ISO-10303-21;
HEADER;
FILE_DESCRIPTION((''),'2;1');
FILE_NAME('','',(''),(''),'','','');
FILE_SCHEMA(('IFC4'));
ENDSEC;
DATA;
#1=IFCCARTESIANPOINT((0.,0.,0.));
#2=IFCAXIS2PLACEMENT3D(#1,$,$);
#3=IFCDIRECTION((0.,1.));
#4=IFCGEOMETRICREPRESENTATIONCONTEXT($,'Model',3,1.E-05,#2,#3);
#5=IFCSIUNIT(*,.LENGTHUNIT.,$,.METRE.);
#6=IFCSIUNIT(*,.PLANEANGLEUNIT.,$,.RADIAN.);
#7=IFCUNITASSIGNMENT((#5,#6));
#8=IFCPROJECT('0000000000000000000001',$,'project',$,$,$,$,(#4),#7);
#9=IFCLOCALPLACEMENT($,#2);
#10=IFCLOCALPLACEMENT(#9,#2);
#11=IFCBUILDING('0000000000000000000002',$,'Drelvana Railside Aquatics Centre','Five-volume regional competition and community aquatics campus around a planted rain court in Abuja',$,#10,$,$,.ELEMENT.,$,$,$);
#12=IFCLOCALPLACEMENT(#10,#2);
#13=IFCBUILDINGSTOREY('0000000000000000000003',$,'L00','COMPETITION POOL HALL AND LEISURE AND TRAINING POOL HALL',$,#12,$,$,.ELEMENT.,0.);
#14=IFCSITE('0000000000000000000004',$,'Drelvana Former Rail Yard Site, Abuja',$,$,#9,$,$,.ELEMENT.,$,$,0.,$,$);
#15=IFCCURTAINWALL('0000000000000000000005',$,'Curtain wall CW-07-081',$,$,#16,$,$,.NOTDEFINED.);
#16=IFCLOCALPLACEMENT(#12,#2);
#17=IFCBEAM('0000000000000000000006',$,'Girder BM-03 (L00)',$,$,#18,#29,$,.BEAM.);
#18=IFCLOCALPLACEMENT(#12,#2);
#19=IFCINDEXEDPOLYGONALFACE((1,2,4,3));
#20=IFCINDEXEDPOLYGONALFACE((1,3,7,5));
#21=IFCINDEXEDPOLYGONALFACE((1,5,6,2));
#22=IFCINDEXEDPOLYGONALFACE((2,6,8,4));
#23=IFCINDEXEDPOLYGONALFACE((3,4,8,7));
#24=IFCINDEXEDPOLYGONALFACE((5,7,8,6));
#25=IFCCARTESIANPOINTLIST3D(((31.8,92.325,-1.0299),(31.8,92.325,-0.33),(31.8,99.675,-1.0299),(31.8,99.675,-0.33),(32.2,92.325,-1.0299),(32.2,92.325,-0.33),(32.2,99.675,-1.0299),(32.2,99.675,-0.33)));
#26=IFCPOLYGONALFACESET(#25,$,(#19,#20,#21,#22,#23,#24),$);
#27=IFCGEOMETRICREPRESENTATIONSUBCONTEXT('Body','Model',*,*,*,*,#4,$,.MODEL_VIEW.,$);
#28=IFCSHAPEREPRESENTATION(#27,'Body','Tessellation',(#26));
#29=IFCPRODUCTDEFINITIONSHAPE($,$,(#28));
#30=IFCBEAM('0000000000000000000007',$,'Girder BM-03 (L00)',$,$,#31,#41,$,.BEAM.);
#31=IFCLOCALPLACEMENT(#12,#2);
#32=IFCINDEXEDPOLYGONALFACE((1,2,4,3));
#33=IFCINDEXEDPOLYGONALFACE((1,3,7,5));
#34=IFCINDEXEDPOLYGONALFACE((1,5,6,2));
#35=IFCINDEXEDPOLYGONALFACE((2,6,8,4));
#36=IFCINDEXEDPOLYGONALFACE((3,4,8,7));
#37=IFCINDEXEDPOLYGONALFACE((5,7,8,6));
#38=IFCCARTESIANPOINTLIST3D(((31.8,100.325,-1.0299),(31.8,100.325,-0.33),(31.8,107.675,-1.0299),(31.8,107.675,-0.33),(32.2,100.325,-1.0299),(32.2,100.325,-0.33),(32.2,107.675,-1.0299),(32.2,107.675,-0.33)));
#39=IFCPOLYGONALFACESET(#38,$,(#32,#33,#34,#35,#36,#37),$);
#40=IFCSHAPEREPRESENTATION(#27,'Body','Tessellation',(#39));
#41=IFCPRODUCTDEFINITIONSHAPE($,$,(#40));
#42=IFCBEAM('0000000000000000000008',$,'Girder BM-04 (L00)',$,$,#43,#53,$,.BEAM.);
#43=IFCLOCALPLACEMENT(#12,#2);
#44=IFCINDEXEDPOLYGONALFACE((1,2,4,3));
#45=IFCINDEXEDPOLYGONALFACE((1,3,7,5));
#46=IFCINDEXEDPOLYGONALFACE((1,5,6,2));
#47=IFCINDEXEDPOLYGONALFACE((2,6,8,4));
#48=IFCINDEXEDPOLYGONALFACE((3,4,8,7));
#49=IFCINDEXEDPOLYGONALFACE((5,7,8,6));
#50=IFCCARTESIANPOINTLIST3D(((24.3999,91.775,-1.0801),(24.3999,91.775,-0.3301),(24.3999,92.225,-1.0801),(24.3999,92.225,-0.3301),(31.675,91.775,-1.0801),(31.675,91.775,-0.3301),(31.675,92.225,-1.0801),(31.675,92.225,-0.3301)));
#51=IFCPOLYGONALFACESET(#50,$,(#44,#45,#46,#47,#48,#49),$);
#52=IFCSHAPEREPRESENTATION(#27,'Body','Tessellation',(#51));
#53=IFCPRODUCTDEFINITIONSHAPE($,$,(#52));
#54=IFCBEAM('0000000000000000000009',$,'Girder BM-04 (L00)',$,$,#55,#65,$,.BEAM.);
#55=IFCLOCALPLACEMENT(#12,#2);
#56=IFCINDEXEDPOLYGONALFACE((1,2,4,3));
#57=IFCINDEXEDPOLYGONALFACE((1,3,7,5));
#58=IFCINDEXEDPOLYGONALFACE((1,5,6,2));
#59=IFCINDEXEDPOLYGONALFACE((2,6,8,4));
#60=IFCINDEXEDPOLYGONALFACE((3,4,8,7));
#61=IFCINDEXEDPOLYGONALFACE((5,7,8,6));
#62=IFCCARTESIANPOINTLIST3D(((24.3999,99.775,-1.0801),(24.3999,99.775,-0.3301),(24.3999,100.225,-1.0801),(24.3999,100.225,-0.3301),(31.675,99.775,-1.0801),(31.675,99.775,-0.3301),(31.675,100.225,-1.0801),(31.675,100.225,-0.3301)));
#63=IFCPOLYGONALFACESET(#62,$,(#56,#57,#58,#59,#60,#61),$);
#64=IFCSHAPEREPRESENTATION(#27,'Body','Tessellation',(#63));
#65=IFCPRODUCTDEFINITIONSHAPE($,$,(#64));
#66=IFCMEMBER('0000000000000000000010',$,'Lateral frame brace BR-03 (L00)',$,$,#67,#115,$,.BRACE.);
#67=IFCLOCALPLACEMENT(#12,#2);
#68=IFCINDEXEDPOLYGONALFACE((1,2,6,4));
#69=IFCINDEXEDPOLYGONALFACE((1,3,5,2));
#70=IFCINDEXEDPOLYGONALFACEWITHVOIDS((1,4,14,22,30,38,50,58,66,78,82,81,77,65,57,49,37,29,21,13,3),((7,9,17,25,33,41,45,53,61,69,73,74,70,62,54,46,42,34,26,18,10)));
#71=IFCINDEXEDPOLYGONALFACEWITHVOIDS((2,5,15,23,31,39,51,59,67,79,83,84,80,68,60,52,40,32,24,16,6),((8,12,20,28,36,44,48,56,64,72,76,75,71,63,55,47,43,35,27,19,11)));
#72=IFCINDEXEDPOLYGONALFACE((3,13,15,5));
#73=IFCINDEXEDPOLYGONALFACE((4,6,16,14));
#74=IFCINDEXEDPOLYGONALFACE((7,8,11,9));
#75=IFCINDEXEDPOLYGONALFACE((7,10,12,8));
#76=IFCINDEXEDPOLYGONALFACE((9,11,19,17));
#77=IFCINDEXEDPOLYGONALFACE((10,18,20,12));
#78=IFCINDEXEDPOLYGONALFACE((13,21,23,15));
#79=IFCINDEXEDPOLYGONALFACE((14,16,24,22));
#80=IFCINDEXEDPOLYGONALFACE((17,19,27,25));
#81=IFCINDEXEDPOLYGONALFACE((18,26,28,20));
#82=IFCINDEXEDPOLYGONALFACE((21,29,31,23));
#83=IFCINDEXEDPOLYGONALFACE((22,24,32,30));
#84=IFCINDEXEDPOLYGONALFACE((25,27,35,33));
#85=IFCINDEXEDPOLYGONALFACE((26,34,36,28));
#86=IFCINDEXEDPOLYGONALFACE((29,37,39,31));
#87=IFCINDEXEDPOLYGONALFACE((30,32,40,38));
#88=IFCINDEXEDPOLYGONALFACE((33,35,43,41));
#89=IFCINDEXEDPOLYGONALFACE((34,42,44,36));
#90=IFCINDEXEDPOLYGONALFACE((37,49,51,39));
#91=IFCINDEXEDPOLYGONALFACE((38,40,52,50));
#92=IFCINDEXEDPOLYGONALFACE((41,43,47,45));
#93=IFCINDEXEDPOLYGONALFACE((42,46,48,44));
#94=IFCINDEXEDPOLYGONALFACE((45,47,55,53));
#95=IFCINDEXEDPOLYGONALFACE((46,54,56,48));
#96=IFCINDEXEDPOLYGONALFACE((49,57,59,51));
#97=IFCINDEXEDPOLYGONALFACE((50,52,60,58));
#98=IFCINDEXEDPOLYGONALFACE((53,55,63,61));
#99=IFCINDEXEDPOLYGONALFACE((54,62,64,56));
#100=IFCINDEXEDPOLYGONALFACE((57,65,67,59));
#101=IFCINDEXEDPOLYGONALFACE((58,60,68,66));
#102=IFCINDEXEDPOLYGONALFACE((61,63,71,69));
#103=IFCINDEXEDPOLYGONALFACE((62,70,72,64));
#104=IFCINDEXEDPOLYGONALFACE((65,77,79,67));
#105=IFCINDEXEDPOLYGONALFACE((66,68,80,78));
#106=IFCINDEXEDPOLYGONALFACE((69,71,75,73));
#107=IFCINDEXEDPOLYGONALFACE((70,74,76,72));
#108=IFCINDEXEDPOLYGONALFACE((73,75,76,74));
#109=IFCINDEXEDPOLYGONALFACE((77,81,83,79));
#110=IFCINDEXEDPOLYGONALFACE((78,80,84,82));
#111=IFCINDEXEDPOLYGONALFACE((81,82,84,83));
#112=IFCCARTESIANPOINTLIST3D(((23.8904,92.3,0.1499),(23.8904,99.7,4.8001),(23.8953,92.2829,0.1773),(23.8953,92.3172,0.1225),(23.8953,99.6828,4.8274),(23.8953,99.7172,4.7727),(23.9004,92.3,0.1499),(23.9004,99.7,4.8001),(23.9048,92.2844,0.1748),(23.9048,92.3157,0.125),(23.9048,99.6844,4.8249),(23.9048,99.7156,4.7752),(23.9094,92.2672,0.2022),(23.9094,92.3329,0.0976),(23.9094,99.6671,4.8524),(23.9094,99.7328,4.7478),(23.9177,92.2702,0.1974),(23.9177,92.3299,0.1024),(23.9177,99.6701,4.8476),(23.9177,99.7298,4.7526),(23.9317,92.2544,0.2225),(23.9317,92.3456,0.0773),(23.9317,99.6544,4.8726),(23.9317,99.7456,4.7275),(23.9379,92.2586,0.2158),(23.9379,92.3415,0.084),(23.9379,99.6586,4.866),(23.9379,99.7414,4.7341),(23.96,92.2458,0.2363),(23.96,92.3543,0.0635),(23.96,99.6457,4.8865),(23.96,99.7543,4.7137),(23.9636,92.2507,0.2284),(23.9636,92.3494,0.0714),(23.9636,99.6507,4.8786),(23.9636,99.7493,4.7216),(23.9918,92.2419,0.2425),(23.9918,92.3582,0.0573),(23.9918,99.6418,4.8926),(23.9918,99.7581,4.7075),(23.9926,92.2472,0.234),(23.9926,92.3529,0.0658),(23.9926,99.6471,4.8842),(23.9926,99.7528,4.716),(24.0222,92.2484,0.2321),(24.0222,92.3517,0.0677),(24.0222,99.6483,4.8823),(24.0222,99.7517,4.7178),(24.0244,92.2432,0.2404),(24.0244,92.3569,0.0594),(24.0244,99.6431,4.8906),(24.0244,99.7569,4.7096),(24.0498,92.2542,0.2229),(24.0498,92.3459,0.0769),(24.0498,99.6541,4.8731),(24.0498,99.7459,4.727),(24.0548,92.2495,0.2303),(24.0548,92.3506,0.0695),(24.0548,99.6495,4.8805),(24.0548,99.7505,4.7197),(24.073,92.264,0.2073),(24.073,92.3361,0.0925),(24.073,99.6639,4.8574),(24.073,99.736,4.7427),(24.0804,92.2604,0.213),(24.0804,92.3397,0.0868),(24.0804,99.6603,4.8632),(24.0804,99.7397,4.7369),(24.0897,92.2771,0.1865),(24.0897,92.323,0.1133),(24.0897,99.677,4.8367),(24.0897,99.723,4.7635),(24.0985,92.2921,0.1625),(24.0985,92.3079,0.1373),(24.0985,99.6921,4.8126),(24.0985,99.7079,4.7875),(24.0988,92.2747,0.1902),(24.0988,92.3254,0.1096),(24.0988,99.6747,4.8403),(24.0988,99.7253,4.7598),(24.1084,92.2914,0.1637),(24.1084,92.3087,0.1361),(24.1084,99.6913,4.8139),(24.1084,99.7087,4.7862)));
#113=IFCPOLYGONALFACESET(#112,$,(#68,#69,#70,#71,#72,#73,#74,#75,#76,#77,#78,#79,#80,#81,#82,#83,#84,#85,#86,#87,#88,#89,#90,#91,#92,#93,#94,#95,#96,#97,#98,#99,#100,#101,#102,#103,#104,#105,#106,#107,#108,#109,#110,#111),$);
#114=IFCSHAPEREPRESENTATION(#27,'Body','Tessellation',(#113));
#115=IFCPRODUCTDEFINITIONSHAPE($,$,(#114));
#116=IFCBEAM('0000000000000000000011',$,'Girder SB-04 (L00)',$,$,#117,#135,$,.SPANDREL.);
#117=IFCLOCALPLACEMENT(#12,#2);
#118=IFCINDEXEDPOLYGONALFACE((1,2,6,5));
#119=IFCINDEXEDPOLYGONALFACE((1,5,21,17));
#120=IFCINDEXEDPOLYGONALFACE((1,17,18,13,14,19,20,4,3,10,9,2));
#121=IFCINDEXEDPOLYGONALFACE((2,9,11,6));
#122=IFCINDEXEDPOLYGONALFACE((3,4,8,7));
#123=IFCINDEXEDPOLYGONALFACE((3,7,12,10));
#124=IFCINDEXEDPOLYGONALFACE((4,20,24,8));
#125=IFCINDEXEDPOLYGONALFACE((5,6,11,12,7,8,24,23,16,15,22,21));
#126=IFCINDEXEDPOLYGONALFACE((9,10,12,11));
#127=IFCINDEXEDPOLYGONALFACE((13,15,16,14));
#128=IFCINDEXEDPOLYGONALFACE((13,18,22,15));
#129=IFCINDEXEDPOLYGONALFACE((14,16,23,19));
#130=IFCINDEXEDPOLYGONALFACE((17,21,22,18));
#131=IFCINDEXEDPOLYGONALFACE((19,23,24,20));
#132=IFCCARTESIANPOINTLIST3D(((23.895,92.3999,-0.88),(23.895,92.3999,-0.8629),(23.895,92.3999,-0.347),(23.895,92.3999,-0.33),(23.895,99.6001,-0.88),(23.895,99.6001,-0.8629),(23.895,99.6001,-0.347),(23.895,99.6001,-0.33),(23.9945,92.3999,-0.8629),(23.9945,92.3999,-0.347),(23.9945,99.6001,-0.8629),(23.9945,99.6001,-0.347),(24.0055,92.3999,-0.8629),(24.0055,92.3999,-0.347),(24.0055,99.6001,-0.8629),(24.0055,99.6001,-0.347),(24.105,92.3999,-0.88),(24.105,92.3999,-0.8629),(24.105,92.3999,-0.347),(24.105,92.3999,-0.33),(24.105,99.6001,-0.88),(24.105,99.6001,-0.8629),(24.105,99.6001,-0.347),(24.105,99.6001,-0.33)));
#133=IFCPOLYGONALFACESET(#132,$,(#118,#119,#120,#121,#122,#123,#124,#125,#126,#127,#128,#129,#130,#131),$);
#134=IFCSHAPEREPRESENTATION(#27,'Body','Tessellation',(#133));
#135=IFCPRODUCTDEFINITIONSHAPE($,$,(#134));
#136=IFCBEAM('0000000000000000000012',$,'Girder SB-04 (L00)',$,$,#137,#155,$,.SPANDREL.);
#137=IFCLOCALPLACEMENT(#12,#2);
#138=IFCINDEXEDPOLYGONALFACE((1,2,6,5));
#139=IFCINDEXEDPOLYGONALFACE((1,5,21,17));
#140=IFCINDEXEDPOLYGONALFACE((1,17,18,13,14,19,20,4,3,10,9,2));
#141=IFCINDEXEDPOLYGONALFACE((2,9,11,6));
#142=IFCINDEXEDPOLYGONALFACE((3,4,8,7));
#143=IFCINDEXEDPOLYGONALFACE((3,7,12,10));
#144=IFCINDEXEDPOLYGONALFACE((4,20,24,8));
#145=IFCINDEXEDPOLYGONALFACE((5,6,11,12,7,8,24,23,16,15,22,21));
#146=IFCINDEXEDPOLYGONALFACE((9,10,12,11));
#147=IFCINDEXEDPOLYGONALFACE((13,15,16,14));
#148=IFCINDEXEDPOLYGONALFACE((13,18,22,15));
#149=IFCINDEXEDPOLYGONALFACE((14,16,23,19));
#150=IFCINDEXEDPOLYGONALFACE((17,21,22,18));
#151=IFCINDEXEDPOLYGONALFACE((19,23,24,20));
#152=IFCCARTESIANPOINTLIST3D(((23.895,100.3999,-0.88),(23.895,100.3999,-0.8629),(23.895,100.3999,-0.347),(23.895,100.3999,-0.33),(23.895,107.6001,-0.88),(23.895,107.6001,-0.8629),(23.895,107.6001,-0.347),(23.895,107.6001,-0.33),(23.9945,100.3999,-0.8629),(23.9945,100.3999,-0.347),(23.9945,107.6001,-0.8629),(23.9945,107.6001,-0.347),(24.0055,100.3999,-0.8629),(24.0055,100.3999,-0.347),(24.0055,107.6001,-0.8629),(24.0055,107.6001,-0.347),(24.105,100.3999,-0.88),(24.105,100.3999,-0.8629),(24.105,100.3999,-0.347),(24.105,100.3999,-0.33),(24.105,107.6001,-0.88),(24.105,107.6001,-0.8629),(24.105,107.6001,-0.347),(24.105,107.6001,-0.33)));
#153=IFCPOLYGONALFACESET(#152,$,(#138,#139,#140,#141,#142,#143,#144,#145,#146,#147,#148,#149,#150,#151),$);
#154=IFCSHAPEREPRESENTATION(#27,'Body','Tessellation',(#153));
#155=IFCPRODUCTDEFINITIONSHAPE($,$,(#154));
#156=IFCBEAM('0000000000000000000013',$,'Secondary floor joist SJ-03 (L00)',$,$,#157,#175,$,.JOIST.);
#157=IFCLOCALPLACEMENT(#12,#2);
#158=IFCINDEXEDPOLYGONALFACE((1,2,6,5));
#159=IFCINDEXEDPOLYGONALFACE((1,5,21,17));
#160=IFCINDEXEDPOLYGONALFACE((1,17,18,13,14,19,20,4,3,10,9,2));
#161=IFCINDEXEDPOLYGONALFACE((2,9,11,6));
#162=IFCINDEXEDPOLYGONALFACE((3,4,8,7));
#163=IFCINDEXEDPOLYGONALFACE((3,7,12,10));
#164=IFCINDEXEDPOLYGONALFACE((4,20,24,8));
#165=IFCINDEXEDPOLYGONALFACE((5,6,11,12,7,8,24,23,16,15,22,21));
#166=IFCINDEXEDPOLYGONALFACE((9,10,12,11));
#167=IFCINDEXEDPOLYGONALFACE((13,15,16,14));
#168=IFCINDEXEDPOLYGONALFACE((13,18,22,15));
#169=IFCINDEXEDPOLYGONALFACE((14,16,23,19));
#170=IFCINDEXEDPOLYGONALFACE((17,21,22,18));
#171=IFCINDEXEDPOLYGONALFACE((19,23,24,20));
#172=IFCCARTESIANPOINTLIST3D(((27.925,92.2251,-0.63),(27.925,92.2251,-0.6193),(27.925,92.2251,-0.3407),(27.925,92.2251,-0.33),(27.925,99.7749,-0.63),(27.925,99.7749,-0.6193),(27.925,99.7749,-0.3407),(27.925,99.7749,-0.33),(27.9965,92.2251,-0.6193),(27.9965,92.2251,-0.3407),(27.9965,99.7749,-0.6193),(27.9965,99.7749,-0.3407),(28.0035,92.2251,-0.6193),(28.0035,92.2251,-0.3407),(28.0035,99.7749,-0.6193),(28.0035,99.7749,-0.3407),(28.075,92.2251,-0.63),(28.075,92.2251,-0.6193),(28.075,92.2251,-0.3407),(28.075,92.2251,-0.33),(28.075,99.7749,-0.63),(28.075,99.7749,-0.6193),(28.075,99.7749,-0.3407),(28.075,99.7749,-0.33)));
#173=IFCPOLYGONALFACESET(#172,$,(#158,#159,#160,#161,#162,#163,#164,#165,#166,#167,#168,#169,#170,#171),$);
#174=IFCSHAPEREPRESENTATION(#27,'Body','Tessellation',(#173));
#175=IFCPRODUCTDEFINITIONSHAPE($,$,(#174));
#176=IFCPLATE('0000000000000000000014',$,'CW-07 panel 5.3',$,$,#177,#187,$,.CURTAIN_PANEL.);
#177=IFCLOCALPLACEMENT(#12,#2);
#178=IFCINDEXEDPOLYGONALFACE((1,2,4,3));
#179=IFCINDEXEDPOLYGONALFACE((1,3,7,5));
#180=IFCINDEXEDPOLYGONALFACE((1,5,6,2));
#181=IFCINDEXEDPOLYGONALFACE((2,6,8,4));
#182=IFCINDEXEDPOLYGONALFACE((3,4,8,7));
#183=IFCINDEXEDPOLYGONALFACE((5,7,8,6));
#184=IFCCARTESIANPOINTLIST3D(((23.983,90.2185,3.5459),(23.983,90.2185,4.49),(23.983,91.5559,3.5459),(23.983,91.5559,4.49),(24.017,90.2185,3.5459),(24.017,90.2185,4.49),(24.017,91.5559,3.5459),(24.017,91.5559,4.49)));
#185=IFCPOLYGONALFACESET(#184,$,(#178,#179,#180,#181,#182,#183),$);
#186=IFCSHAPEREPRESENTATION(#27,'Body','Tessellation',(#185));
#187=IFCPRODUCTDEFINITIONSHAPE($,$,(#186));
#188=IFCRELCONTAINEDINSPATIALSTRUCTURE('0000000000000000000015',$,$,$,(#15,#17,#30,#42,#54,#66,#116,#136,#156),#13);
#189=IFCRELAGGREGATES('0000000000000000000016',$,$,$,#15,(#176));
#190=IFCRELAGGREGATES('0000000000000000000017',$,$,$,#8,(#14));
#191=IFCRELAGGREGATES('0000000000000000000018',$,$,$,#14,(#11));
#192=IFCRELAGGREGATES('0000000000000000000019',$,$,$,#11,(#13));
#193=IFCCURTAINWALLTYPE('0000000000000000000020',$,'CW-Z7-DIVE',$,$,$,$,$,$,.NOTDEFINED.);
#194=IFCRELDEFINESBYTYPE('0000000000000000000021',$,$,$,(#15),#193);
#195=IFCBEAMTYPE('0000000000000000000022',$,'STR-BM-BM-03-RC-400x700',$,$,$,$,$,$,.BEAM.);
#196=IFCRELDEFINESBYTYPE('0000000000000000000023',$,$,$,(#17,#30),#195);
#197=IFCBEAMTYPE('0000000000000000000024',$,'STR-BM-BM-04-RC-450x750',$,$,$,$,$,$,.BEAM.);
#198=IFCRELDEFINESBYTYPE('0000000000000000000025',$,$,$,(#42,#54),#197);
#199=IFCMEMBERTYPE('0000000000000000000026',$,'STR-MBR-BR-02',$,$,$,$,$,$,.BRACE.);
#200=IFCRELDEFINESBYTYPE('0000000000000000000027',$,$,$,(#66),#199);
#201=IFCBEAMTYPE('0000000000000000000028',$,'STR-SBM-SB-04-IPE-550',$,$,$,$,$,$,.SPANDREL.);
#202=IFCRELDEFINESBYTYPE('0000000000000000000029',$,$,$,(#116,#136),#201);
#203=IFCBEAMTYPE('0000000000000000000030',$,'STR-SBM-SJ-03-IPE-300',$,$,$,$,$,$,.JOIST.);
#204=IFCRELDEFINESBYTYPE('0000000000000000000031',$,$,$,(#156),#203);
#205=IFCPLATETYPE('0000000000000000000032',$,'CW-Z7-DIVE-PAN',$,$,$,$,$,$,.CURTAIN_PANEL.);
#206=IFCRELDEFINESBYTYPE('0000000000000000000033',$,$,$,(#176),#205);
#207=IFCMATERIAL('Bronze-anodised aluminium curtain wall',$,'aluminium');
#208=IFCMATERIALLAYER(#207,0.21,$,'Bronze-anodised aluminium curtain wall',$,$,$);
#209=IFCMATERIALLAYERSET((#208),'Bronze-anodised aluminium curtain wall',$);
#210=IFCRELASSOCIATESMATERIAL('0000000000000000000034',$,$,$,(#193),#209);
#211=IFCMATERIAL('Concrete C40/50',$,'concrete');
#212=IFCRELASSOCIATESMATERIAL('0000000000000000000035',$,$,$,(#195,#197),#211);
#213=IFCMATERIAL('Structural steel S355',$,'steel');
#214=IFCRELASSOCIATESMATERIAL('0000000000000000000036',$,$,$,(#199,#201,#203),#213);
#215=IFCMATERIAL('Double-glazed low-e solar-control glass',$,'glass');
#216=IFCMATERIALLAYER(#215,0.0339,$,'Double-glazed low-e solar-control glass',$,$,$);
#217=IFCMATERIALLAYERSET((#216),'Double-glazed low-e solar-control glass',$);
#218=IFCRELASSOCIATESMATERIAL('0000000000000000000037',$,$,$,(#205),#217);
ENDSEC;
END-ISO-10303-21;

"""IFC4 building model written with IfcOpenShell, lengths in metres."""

from ifc_helpers import new_model, si_unit, direction, frame, origin, origin_2d, place, context, subcontext, project, spatial, rectangle, hollow_circle, i_section, extrude, material, layer, layer_set, material_profile, profile_set, type_object, element, aggregate, save


model = new_model("IFC4")

# Units and contexts
model_context = context("Model", 3, precision=1e-05, world=origin(), true_north=direction((0.0, 1.0)))
body_context = subcontext(model_context, "Body", "Model", "MODEL_VIEW")
ifc_project = project(units=[si_unit("LENGTHUNIT", "METRE"), si_unit("PLANEANGLEUNIT", "RADIAN")], contexts=[model_context])

# Site, building, storey
site_placement = place(None, origin())
site = spatial("IfcSite", under=ifc_project, at=site_placement, Name="Drelvana Former Rail Yard Site, Abuja", CompositionType="ELEMENT", RefElevation=0.0)
building_placement = place(site_placement, origin())
building = spatial("IfcBuilding", under=site, at=building_placement, Name="Drelvana Railside Aquatics Centre", Description="Five-volume regional competition and community aquatics campus around a planted rain court in Abuja", CompositionType="ELEMENT")
storey_placement = place(building_placement, origin())
storey = spatial("IfcBuildingStorey", under=building, at=storey_placement, Name="L00", Description="COMPETITION POOL HALL AND LEISURE AND TRAINING POOL HALL", CompositionType="ELEMENT", Elevation=0.0)

# Shared definitions
ifc_material_1 = material(Name="Concrete C40/50", Category="concrete")

# Curtain wall
ifc_material_2 = material(Name="Bronze-anodised aluminium curtain wall", Category="aluminium")
ifc_layer_1 = layer(ifc_material_2, 0.21, Name="Bronze-anodised aluminium curtain wall")
ifc_layer_set_1 = layer_set([ifc_layer_1], Name="Bronze-anodised aluminium curtain wall")
curtain_wall_type = type_object("IfcCurtainWallType", Name="CW-Z7-DIVE", PredefinedType="NOTDEFINED", material=ifc_layer_set_1)
curtain_wall_1_placement = place(storey_placement, origin())
curtain_wall_1 = element("IfcCurtainWall", 1, at=curtain_wall_1_placement, inside=storey, type_object=curtain_wall_type, Name="Curtain wall CW-07-081", PredefinedType="NOTDEFINED")

# Beams
ifc_material_profile_1 = material_profile(ifc_material_1, rectangle(XDim=0.3999, YDim=0.7, at=origin_2d()), Name="RC 400x700")
ifc_profile_set_1 = profile_set([ifc_material_profile_1], Name="Concrete C40/50")
beam_type_1 = type_object("IfcBeamType", Name="STR-BM-BM-03-RC-400x700", PredefinedType="BEAM", material=ifc_profile_set_1)
for number, where, z_axis, x_axis, name in (
    (2, (32.0, 92.325, -0.6799), (0.0, 1.0, 0.0), (-1.0, 0.0, 0.0), "Girder BM-03 (L00)"),
    (3, (32.0, 100.325, -0.6799), (0.0, 1.0, 0.0), (-1.0, 0.0, 0.0), "Girder BM-03 (L00)"),
):
    element("IfcBeam", number, at=place(storey_placement, frame(where, z_axis=z_axis, x_axis=x_axis)), inside=storey, type_object=beam_type_1, Name=name, PredefinedType="BEAM", context=body_context, shape_type="SweptSolid", body=[
        extrude(rectangle(XDim=0.3999, YDim=0.7, at=origin_2d()), origin(), (0.0, 0.0, 1.0), 7.3501),
    ])
ifc_material_profile_2 = material_profile(ifc_material_1, rectangle(XDim=0.45, YDim=0.75, at=origin_2d()), Name="RC 450x750")
ifc_profile_set_2 = profile_set([ifc_material_profile_2], Name="Concrete C40/50")
beam_type_2 = type_object("IfcBeamType", Name="STR-BM-BM-04-RC-450x750", PredefinedType="BEAM", material=ifc_profile_set_2)
for number, where, z_axis, x_axis, name in (
    (4, (24.3999, 92.0, -0.7051), (1.0, 0.0, 0.0), (0.0, 1.0, 0.0), "Girder BM-04 (L00)"),
    (5, (24.3999, 100.0, -0.7051), (1.0, 0.0, 0.0), (0.0, 1.0, 0.0), "Girder BM-04 (L00)"),
):
    element("IfcBeam", number, at=place(storey_placement, frame(where, z_axis=z_axis, x_axis=x_axis)), inside=storey, type_object=beam_type_2, Name=name, PredefinedType="BEAM", context=body_context, shape_type="SweptSolid", body=[
        extrude(rectangle(XDim=0.45, YDim=0.75, at=origin_2d()), origin(), (0.0, 0.0, 1.0), 7.2751),
    ])

# Member
ifc_material_3 = material(Name="Structural steel S355", Category="steel")
ifc_material_profile_3 = material_profile(ifc_material_3, hollow_circle(Radius=0.1096, WallThickness=0.01, at=origin_2d()), Name="CHS 219.1x10")
ifc_profile_set_3 = profile_set([ifc_material_profile_3], Name="Structural steel S355")
member_type_1 = type_object("IfcMemberType", Name="STR-MBR-BR-02", PredefinedType="BRACE", material=ifc_profile_set_3)
member_1_placement = place(storey_placement, frame((24.0, 92.3, 0.1499), z_axis=(0.0, 0.846699, 0.532071), x_axis=(-1.0, 0.0, 0.0)))
element("IfcMember", 6, at=member_1_placement, inside=storey, type_object=member_type_1, Name="Lateral frame brace BR-03 (L00)", PredefinedType="BRACE", context=body_context, shape_type="SweptSolid", body=[
    extrude(hollow_circle(Radius=0.1096, WallThickness=0.01, at=origin_2d()), origin(), (0.0, 0.0, 1.0), 8.7397),
])

# Beams
ifc_material_profile_4 = material_profile(ifc_material_3, i_section(OverallWidth=0.21, OverallDepth=0.55, WebThickness=0.011, FlangeThickness=0.0171, at=origin_2d()), Name="IPE 550")
ifc_profile_set_4 = profile_set([ifc_material_profile_4], Name="Structural steel S355")
beam_type_3 = type_object("IfcBeamType", Name="STR-SBM-SB-04-IPE-550", PredefinedType="SPANDREL", material=ifc_profile_set_4)
for number, where, z_axis, x_axis, name in (
    (7, (24.0, 92.3999, -0.605), (0.0, 1.0, 0.0), (-1.0, 0.0, 0.0), "Girder SB-04 (L00)"),
    (8, (24.0, 100.3999, -0.605), (0.0, 1.0, 0.0), (-1.0, 0.0, 0.0), "Girder SB-04 (L00)"),
):
    element("IfcBeam", number, at=place(storey_placement, frame(where, z_axis=z_axis, x_axis=x_axis)), inside=storey, type_object=beam_type_3, Name=name, PredefinedType="SPANDREL", context=body_context, shape_type="SweptSolid", body=[
        extrude(i_section(OverallWidth=0.21, OverallDepth=0.55, WebThickness=0.011, FlangeThickness=0.0171, at=origin_2d()), origin(), (0.0, 0.0, 1.0), 7.2002),
    ])
ifc_material_profile_5 = material_profile(ifc_material_3, i_section(OverallWidth=0.1499, OverallDepth=0.3, WebThickness=0.0071, FlangeThickness=0.0107, at=origin_2d()), Name="IPE 300")
ifc_profile_set_5 = profile_set([ifc_material_profile_5], Name="Structural steel S355")
beam_type_4 = type_object("IfcBeamType", Name="STR-SBM-SJ-03-IPE-300", PredefinedType="JOIST", material=ifc_profile_set_5)
beam_placement = place(storey_placement, frame((28.0, 92.2251, -0.48), z_axis=(0.0, 1.0, 0.0), x_axis=(-1.0, 0.0, 0.0)))
element("IfcBeam", 9, at=beam_placement, inside=storey, type_object=beam_type_4, Name="Secondary floor joist SJ-03 (L00)", PredefinedType="JOIST", context=body_context, shape_type="SweptSolid", body=[
    extrude(i_section(OverallWidth=0.1499, OverallDepth=0.3, WebThickness=0.0071, FlangeThickness=0.0107, at=origin_2d()), origin(), (0.0, 0.0, 1.0), 7.5498),
])

# Plate
ifc_material_4 = material(Name="Double-glazed low-e solar-control glass", Category="glass")
ifc_layer_2 = layer(ifc_material_4, 0.0339, Name="Double-glazed low-e solar-control glass")
ifc_layer_set_2 = layer_set([ifc_layer_2], Name="Double-glazed low-e solar-control glass")
plate_type_1 = type_object("IfcPlateType", Name="CW-Z7-DIVE-PAN", PredefinedType="CURTAIN_PANEL", material=ifc_layer_set_2)
plate_1_placement = place(storey_placement, frame((24.0, 90.8872, 3.5459), z_axis=(0.0, 0.0, 1.0), x_axis=(0.0, 1.0, 0.0)))
plate_1 = element("IfcPlate", 10, at=plate_1_placement, type_object=plate_type_1, Name="CW-07 panel 5.3", PredefinedType="CURTAIN_PANEL", context=body_context, shape_type="SweptSolid", body=[
    extrude(rectangle(XDim=1.3374, YDim=0.0339, at=origin_2d()), origin(), (0.0, 0.0, 1.0), 0.9441),
])
aggregate(curtain_wall_1, [plate_1])

save(model, "model.ifc")
